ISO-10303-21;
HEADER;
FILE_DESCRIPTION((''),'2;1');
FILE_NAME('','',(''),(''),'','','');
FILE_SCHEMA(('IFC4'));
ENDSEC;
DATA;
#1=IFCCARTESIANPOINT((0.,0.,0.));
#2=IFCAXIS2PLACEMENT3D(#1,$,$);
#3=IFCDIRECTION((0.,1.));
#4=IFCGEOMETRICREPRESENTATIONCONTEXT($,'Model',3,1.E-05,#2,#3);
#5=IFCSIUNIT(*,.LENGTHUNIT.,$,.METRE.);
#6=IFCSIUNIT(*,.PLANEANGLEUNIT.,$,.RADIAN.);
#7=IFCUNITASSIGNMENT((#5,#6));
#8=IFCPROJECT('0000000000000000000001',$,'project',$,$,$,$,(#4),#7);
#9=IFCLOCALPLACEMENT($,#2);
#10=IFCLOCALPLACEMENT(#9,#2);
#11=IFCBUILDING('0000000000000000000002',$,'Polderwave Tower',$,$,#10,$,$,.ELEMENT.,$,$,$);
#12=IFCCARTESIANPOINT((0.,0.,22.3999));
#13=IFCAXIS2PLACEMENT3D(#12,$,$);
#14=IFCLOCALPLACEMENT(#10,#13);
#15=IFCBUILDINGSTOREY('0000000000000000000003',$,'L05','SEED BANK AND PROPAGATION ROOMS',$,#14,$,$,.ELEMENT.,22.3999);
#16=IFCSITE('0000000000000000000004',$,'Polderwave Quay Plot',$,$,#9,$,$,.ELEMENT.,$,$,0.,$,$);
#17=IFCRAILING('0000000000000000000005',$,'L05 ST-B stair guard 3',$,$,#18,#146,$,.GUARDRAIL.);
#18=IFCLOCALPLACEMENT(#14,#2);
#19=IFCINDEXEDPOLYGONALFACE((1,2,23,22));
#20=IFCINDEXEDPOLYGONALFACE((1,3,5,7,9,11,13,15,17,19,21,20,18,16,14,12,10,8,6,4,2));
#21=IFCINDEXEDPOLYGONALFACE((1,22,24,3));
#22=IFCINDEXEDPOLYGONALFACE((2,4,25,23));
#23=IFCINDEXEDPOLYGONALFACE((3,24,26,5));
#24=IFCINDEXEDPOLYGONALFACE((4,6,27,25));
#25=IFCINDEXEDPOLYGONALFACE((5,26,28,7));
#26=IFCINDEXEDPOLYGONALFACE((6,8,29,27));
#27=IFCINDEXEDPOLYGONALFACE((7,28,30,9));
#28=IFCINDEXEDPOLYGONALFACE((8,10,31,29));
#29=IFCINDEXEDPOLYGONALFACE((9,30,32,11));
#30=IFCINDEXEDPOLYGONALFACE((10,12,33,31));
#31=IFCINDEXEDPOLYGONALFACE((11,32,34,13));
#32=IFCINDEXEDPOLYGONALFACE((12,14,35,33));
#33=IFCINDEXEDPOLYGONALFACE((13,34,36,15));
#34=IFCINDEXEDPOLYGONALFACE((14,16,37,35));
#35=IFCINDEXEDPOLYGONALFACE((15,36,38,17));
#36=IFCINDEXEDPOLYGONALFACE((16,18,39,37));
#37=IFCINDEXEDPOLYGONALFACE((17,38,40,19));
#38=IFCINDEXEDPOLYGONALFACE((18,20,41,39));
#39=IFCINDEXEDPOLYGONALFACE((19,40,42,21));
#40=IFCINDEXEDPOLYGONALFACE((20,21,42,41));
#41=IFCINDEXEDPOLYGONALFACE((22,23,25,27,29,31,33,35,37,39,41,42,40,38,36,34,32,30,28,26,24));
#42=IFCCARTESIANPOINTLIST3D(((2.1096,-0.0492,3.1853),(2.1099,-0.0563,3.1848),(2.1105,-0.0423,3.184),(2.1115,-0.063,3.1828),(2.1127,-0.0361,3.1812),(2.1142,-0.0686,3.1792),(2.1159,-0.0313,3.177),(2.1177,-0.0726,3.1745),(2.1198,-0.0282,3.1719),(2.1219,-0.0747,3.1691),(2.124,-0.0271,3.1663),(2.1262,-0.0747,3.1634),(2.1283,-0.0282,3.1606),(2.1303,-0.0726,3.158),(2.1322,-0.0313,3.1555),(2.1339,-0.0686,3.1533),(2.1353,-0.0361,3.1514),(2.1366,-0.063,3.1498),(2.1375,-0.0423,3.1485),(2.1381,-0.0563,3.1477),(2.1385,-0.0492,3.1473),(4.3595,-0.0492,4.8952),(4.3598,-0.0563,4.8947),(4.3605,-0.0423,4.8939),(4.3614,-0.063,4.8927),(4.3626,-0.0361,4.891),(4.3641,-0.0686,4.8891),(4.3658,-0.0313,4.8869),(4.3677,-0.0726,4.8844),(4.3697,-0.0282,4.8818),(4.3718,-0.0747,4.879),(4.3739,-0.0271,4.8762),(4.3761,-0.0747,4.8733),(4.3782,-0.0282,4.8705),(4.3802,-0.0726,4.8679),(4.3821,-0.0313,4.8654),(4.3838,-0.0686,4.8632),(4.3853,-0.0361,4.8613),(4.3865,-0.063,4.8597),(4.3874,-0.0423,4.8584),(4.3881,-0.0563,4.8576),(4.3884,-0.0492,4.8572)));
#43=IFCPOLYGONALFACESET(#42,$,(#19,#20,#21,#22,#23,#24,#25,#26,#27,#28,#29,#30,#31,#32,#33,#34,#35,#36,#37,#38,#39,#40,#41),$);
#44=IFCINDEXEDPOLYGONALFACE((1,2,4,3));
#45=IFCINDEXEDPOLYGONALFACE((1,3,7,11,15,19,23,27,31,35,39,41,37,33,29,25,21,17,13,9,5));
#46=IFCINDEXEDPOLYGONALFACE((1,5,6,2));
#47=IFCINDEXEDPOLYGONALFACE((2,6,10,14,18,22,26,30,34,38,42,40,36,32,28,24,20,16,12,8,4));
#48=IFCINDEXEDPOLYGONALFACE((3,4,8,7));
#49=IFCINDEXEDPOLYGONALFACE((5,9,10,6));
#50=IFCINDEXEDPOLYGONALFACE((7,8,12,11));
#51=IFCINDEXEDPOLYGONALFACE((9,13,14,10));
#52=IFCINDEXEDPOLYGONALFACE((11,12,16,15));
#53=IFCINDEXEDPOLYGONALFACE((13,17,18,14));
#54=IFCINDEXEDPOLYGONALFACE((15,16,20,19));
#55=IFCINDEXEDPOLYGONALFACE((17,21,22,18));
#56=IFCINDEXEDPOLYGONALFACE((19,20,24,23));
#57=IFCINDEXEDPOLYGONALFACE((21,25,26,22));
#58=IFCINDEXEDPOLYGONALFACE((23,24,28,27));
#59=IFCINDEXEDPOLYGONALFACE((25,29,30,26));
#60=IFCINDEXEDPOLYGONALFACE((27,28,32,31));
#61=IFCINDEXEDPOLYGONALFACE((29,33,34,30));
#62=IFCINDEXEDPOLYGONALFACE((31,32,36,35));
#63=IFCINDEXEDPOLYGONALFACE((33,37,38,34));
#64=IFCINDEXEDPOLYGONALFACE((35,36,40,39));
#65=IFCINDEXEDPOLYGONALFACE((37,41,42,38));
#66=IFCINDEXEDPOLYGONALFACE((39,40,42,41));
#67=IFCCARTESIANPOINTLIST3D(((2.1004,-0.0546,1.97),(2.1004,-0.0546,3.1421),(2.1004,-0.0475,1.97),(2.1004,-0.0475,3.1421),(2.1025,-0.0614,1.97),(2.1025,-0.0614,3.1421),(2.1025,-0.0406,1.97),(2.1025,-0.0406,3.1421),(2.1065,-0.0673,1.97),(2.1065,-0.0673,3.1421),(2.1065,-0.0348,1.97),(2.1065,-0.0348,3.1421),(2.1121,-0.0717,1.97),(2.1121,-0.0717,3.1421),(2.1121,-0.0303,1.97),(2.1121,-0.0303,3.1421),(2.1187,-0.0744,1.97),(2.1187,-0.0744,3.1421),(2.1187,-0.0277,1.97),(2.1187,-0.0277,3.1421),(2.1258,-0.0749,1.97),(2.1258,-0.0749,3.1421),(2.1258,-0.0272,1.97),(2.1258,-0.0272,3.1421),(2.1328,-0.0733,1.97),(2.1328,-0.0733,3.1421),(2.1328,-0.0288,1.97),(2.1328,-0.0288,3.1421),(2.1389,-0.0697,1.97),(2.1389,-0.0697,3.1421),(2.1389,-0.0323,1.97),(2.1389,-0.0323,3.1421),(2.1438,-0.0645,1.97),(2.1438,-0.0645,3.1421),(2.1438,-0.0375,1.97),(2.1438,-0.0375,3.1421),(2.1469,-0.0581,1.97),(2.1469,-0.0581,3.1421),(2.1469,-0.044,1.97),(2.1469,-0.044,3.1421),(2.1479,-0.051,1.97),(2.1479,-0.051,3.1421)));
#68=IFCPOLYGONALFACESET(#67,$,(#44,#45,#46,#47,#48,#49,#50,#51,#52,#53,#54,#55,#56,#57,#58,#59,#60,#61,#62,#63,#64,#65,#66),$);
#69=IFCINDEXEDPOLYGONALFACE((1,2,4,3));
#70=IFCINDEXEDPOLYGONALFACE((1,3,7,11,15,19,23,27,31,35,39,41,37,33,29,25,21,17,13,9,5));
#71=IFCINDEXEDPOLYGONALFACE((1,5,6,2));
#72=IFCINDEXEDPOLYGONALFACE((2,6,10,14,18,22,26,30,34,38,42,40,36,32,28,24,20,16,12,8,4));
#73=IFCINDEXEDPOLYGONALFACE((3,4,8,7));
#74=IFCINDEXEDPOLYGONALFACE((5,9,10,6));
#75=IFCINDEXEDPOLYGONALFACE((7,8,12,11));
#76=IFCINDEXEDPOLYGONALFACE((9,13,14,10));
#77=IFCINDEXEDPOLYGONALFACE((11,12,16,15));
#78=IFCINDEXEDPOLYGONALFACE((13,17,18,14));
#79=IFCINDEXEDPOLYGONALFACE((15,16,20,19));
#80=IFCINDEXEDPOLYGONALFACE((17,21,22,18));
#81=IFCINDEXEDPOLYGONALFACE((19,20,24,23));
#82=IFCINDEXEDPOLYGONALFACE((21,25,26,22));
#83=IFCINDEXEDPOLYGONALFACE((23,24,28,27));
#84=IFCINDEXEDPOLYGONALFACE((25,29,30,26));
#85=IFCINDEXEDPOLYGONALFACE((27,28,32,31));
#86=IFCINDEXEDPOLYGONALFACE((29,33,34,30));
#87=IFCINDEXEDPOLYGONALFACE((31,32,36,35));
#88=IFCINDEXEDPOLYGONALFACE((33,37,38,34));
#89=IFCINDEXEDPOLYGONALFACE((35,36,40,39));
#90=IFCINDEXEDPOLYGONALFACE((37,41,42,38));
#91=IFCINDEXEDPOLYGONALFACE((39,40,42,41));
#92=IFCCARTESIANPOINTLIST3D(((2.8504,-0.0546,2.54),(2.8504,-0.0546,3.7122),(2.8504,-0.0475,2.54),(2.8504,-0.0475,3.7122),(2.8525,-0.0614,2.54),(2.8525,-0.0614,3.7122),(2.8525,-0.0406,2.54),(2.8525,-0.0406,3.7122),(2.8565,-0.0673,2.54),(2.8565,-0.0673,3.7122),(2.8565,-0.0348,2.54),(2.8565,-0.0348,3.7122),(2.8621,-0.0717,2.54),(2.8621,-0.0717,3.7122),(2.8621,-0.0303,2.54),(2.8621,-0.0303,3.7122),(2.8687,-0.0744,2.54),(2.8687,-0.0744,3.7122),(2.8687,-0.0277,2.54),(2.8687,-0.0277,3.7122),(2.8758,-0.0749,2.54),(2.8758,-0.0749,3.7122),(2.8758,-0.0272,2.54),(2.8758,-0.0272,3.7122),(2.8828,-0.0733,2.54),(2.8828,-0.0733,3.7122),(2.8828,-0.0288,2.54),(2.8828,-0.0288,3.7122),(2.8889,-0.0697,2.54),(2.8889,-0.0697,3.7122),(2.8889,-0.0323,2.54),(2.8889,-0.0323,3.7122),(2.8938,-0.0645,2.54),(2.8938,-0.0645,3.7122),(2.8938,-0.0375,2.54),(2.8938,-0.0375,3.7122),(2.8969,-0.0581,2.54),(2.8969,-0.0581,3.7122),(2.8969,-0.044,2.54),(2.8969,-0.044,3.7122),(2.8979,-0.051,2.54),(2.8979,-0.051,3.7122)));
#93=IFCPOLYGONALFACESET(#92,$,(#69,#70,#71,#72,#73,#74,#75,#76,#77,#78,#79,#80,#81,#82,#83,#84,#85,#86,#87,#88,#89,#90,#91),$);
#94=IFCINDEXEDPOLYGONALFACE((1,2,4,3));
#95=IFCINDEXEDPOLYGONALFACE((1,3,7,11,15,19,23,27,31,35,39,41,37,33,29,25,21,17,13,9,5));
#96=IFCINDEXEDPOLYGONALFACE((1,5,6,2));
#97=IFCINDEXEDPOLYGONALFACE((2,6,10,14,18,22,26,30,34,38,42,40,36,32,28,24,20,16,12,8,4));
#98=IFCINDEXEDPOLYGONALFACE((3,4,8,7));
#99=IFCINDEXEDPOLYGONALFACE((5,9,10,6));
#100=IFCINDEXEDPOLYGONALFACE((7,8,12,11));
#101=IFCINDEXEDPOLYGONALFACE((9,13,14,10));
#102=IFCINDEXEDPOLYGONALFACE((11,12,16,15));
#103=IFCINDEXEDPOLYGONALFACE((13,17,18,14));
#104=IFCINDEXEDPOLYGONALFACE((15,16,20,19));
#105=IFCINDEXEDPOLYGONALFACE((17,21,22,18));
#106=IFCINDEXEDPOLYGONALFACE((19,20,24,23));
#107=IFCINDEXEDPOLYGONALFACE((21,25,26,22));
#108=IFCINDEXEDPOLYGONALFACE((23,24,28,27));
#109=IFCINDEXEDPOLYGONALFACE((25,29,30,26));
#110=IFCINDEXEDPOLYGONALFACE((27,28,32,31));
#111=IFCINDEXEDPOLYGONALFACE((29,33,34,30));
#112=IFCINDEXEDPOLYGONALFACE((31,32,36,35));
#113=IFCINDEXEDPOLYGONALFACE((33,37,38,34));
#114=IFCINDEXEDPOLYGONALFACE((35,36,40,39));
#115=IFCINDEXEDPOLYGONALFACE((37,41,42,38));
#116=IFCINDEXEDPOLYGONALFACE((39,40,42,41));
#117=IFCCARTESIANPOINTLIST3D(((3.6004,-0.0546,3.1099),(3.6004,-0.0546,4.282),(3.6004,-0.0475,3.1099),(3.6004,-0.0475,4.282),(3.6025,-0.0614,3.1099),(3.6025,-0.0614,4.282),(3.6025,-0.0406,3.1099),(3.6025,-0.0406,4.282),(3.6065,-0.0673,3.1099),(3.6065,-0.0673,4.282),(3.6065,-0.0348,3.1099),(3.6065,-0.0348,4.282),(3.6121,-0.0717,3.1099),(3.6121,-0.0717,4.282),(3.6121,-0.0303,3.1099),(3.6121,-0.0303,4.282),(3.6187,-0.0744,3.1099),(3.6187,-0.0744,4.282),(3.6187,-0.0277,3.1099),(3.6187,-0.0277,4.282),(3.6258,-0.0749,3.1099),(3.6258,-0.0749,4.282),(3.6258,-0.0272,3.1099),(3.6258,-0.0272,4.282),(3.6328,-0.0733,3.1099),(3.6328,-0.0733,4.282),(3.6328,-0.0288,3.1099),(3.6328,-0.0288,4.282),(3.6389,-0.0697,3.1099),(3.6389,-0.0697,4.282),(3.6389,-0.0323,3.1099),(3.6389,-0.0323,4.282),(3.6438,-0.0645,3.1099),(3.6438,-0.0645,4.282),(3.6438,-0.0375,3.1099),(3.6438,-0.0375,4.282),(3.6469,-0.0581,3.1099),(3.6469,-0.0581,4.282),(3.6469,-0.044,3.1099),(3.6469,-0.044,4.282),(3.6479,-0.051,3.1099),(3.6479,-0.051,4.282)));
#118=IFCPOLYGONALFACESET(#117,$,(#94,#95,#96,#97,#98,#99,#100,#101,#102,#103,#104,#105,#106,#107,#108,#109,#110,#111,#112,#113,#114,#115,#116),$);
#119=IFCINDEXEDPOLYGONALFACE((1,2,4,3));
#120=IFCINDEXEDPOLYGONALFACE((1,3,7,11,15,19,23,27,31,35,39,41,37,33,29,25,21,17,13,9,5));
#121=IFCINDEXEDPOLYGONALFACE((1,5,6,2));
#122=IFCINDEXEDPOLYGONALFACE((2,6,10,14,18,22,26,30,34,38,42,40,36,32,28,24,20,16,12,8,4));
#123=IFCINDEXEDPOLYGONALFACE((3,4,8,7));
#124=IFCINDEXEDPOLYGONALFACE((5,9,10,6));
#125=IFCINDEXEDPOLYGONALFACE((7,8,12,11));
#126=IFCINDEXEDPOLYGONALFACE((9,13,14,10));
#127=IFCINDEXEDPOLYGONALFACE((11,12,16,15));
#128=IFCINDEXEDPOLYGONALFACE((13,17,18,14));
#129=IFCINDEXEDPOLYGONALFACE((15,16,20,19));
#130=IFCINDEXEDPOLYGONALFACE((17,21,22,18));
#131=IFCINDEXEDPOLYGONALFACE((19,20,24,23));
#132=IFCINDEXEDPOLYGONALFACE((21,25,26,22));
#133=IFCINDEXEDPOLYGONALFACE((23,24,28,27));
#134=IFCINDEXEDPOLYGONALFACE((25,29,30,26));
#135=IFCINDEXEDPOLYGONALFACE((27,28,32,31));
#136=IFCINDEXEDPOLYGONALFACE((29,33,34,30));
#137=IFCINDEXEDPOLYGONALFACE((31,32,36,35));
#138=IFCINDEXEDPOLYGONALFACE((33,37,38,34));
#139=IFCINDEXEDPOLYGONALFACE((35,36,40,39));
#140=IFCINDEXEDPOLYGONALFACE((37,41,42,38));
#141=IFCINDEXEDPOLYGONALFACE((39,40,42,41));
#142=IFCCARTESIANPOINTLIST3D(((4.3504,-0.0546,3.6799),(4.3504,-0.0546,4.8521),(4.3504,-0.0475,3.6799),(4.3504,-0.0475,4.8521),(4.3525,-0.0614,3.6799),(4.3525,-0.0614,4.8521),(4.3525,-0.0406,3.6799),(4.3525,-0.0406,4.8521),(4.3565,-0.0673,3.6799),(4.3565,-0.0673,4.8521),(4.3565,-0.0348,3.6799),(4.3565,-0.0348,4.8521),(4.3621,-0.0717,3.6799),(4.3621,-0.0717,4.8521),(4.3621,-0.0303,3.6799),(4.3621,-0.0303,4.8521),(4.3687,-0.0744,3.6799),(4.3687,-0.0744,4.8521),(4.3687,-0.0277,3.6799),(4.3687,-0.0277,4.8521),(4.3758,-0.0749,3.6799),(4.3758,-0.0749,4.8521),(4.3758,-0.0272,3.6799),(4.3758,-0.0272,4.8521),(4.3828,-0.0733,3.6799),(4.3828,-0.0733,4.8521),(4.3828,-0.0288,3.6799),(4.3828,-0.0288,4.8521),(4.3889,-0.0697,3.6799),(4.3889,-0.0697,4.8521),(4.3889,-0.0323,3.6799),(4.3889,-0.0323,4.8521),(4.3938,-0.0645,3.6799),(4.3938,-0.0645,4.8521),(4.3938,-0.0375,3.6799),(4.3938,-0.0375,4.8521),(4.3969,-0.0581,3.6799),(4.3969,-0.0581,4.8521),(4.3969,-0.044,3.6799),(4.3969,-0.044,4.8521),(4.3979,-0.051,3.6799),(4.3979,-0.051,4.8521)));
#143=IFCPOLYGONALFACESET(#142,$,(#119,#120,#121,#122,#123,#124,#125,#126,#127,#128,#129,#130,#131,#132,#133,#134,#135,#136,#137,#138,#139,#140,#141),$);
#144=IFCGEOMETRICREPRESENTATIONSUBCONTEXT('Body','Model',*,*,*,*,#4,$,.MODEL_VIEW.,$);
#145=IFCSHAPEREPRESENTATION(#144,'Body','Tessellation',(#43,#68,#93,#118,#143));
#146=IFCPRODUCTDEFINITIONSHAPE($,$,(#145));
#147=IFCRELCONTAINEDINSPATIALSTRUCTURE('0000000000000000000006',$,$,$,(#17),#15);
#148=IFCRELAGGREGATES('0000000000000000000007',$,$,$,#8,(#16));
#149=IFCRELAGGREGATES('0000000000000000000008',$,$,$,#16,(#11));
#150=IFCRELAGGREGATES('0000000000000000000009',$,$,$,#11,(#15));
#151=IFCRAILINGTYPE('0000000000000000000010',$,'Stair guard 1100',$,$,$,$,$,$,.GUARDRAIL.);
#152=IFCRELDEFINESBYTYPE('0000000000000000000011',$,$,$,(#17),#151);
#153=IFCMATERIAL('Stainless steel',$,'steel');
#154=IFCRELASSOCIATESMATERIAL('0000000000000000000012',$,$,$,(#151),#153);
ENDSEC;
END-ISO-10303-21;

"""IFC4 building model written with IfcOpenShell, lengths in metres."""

from ifc_helpers import new_model, si_unit, direction, frame, origin, origin_2d, place, context, subcontext, project, spatial, circle, extrude, material, type_object, element, save


model = new_model("IFC4")

# Units and contexts
model_context = context("Model", 3, precision=1e-05, world=origin(), true_north=direction((0.0, 1.0)))
body_context = subcontext(model_context, "Body", "Model", "MODEL_VIEW")
ifc_project = project(units=[si_unit("LENGTHUNIT", "METRE"), si_unit("PLANEANGLEUNIT", "RADIAN")], contexts=[model_context])

# Site, building, storey
site_placement = place(None, origin())
site = spatial("IfcSite", under=ifc_project, at=site_placement, Name="Polderwave Quay Plot", CompositionType="ELEMENT", RefElevation=0.0)
building_placement = place(site_placement, origin())
building = spatial("IfcBuilding", under=site, at=building_placement, Name="Polderwave Tower", CompositionType="ELEMENT")
storey_placement = place(building_placement, frame((0.0, 0.0, 22.3999)))
storey = spatial("IfcBuildingStorey", under=building, at=storey_placement, Name="L05", Description="SEED BANK AND PROPAGATION ROOMS", CompositionType="ELEMENT", Elevation=22.3999)

# Railing
ifc_material_1 = material(Name="Stainless steel", Category="steel")
railing_type_1 = type_object("IfcRailingType", Name="Stair guard 1100", PredefinedType="GUARDRAIL", material=ifc_material_1)
railing_1_placement = place(storey_placement, frame((2.124, -0.051, 1.97)))
element("IfcRailing", 1, at=railing_1_placement, inside=storey, type_object=railing_type_1, Name="L05 ST-B stair guard 3", PredefinedType="GUARDRAIL", context=body_context, shape_type="SweptSolid", body=[
    extrude(circle(Radius=0.0239, at=origin_2d()), frame((0.0, 0.0, 1.1963), z_axis=(0.796169, 0.0, 0.605075), x_axis=(0.0, 1.0, 0.0)), (0.0, 0.0, 1.0), 2.8259),
    extrude(circle(Radius=0.0239, at=origin_2d()), origin(), (0.0, 0.0, 1.0), 1.1721),
    extrude(circle(Radius=0.0239, at=origin_2d()), frame((0.75, 0.0, 0.5701)), (0.0, 0.0, 1.0), 1.1721),
    extrude(circle(Radius=0.0239, at=origin_2d()), frame((1.5, 0.0, 1.1399)), (0.0, 0.0, 1.0), 1.1721),
    extrude(circle(Radius=0.0239, at=origin_2d()), frame((2.25, 0.0, 1.71)), (0.0, 0.0, 1.0), 1.1721),
])

save(model, "model.ifc")
